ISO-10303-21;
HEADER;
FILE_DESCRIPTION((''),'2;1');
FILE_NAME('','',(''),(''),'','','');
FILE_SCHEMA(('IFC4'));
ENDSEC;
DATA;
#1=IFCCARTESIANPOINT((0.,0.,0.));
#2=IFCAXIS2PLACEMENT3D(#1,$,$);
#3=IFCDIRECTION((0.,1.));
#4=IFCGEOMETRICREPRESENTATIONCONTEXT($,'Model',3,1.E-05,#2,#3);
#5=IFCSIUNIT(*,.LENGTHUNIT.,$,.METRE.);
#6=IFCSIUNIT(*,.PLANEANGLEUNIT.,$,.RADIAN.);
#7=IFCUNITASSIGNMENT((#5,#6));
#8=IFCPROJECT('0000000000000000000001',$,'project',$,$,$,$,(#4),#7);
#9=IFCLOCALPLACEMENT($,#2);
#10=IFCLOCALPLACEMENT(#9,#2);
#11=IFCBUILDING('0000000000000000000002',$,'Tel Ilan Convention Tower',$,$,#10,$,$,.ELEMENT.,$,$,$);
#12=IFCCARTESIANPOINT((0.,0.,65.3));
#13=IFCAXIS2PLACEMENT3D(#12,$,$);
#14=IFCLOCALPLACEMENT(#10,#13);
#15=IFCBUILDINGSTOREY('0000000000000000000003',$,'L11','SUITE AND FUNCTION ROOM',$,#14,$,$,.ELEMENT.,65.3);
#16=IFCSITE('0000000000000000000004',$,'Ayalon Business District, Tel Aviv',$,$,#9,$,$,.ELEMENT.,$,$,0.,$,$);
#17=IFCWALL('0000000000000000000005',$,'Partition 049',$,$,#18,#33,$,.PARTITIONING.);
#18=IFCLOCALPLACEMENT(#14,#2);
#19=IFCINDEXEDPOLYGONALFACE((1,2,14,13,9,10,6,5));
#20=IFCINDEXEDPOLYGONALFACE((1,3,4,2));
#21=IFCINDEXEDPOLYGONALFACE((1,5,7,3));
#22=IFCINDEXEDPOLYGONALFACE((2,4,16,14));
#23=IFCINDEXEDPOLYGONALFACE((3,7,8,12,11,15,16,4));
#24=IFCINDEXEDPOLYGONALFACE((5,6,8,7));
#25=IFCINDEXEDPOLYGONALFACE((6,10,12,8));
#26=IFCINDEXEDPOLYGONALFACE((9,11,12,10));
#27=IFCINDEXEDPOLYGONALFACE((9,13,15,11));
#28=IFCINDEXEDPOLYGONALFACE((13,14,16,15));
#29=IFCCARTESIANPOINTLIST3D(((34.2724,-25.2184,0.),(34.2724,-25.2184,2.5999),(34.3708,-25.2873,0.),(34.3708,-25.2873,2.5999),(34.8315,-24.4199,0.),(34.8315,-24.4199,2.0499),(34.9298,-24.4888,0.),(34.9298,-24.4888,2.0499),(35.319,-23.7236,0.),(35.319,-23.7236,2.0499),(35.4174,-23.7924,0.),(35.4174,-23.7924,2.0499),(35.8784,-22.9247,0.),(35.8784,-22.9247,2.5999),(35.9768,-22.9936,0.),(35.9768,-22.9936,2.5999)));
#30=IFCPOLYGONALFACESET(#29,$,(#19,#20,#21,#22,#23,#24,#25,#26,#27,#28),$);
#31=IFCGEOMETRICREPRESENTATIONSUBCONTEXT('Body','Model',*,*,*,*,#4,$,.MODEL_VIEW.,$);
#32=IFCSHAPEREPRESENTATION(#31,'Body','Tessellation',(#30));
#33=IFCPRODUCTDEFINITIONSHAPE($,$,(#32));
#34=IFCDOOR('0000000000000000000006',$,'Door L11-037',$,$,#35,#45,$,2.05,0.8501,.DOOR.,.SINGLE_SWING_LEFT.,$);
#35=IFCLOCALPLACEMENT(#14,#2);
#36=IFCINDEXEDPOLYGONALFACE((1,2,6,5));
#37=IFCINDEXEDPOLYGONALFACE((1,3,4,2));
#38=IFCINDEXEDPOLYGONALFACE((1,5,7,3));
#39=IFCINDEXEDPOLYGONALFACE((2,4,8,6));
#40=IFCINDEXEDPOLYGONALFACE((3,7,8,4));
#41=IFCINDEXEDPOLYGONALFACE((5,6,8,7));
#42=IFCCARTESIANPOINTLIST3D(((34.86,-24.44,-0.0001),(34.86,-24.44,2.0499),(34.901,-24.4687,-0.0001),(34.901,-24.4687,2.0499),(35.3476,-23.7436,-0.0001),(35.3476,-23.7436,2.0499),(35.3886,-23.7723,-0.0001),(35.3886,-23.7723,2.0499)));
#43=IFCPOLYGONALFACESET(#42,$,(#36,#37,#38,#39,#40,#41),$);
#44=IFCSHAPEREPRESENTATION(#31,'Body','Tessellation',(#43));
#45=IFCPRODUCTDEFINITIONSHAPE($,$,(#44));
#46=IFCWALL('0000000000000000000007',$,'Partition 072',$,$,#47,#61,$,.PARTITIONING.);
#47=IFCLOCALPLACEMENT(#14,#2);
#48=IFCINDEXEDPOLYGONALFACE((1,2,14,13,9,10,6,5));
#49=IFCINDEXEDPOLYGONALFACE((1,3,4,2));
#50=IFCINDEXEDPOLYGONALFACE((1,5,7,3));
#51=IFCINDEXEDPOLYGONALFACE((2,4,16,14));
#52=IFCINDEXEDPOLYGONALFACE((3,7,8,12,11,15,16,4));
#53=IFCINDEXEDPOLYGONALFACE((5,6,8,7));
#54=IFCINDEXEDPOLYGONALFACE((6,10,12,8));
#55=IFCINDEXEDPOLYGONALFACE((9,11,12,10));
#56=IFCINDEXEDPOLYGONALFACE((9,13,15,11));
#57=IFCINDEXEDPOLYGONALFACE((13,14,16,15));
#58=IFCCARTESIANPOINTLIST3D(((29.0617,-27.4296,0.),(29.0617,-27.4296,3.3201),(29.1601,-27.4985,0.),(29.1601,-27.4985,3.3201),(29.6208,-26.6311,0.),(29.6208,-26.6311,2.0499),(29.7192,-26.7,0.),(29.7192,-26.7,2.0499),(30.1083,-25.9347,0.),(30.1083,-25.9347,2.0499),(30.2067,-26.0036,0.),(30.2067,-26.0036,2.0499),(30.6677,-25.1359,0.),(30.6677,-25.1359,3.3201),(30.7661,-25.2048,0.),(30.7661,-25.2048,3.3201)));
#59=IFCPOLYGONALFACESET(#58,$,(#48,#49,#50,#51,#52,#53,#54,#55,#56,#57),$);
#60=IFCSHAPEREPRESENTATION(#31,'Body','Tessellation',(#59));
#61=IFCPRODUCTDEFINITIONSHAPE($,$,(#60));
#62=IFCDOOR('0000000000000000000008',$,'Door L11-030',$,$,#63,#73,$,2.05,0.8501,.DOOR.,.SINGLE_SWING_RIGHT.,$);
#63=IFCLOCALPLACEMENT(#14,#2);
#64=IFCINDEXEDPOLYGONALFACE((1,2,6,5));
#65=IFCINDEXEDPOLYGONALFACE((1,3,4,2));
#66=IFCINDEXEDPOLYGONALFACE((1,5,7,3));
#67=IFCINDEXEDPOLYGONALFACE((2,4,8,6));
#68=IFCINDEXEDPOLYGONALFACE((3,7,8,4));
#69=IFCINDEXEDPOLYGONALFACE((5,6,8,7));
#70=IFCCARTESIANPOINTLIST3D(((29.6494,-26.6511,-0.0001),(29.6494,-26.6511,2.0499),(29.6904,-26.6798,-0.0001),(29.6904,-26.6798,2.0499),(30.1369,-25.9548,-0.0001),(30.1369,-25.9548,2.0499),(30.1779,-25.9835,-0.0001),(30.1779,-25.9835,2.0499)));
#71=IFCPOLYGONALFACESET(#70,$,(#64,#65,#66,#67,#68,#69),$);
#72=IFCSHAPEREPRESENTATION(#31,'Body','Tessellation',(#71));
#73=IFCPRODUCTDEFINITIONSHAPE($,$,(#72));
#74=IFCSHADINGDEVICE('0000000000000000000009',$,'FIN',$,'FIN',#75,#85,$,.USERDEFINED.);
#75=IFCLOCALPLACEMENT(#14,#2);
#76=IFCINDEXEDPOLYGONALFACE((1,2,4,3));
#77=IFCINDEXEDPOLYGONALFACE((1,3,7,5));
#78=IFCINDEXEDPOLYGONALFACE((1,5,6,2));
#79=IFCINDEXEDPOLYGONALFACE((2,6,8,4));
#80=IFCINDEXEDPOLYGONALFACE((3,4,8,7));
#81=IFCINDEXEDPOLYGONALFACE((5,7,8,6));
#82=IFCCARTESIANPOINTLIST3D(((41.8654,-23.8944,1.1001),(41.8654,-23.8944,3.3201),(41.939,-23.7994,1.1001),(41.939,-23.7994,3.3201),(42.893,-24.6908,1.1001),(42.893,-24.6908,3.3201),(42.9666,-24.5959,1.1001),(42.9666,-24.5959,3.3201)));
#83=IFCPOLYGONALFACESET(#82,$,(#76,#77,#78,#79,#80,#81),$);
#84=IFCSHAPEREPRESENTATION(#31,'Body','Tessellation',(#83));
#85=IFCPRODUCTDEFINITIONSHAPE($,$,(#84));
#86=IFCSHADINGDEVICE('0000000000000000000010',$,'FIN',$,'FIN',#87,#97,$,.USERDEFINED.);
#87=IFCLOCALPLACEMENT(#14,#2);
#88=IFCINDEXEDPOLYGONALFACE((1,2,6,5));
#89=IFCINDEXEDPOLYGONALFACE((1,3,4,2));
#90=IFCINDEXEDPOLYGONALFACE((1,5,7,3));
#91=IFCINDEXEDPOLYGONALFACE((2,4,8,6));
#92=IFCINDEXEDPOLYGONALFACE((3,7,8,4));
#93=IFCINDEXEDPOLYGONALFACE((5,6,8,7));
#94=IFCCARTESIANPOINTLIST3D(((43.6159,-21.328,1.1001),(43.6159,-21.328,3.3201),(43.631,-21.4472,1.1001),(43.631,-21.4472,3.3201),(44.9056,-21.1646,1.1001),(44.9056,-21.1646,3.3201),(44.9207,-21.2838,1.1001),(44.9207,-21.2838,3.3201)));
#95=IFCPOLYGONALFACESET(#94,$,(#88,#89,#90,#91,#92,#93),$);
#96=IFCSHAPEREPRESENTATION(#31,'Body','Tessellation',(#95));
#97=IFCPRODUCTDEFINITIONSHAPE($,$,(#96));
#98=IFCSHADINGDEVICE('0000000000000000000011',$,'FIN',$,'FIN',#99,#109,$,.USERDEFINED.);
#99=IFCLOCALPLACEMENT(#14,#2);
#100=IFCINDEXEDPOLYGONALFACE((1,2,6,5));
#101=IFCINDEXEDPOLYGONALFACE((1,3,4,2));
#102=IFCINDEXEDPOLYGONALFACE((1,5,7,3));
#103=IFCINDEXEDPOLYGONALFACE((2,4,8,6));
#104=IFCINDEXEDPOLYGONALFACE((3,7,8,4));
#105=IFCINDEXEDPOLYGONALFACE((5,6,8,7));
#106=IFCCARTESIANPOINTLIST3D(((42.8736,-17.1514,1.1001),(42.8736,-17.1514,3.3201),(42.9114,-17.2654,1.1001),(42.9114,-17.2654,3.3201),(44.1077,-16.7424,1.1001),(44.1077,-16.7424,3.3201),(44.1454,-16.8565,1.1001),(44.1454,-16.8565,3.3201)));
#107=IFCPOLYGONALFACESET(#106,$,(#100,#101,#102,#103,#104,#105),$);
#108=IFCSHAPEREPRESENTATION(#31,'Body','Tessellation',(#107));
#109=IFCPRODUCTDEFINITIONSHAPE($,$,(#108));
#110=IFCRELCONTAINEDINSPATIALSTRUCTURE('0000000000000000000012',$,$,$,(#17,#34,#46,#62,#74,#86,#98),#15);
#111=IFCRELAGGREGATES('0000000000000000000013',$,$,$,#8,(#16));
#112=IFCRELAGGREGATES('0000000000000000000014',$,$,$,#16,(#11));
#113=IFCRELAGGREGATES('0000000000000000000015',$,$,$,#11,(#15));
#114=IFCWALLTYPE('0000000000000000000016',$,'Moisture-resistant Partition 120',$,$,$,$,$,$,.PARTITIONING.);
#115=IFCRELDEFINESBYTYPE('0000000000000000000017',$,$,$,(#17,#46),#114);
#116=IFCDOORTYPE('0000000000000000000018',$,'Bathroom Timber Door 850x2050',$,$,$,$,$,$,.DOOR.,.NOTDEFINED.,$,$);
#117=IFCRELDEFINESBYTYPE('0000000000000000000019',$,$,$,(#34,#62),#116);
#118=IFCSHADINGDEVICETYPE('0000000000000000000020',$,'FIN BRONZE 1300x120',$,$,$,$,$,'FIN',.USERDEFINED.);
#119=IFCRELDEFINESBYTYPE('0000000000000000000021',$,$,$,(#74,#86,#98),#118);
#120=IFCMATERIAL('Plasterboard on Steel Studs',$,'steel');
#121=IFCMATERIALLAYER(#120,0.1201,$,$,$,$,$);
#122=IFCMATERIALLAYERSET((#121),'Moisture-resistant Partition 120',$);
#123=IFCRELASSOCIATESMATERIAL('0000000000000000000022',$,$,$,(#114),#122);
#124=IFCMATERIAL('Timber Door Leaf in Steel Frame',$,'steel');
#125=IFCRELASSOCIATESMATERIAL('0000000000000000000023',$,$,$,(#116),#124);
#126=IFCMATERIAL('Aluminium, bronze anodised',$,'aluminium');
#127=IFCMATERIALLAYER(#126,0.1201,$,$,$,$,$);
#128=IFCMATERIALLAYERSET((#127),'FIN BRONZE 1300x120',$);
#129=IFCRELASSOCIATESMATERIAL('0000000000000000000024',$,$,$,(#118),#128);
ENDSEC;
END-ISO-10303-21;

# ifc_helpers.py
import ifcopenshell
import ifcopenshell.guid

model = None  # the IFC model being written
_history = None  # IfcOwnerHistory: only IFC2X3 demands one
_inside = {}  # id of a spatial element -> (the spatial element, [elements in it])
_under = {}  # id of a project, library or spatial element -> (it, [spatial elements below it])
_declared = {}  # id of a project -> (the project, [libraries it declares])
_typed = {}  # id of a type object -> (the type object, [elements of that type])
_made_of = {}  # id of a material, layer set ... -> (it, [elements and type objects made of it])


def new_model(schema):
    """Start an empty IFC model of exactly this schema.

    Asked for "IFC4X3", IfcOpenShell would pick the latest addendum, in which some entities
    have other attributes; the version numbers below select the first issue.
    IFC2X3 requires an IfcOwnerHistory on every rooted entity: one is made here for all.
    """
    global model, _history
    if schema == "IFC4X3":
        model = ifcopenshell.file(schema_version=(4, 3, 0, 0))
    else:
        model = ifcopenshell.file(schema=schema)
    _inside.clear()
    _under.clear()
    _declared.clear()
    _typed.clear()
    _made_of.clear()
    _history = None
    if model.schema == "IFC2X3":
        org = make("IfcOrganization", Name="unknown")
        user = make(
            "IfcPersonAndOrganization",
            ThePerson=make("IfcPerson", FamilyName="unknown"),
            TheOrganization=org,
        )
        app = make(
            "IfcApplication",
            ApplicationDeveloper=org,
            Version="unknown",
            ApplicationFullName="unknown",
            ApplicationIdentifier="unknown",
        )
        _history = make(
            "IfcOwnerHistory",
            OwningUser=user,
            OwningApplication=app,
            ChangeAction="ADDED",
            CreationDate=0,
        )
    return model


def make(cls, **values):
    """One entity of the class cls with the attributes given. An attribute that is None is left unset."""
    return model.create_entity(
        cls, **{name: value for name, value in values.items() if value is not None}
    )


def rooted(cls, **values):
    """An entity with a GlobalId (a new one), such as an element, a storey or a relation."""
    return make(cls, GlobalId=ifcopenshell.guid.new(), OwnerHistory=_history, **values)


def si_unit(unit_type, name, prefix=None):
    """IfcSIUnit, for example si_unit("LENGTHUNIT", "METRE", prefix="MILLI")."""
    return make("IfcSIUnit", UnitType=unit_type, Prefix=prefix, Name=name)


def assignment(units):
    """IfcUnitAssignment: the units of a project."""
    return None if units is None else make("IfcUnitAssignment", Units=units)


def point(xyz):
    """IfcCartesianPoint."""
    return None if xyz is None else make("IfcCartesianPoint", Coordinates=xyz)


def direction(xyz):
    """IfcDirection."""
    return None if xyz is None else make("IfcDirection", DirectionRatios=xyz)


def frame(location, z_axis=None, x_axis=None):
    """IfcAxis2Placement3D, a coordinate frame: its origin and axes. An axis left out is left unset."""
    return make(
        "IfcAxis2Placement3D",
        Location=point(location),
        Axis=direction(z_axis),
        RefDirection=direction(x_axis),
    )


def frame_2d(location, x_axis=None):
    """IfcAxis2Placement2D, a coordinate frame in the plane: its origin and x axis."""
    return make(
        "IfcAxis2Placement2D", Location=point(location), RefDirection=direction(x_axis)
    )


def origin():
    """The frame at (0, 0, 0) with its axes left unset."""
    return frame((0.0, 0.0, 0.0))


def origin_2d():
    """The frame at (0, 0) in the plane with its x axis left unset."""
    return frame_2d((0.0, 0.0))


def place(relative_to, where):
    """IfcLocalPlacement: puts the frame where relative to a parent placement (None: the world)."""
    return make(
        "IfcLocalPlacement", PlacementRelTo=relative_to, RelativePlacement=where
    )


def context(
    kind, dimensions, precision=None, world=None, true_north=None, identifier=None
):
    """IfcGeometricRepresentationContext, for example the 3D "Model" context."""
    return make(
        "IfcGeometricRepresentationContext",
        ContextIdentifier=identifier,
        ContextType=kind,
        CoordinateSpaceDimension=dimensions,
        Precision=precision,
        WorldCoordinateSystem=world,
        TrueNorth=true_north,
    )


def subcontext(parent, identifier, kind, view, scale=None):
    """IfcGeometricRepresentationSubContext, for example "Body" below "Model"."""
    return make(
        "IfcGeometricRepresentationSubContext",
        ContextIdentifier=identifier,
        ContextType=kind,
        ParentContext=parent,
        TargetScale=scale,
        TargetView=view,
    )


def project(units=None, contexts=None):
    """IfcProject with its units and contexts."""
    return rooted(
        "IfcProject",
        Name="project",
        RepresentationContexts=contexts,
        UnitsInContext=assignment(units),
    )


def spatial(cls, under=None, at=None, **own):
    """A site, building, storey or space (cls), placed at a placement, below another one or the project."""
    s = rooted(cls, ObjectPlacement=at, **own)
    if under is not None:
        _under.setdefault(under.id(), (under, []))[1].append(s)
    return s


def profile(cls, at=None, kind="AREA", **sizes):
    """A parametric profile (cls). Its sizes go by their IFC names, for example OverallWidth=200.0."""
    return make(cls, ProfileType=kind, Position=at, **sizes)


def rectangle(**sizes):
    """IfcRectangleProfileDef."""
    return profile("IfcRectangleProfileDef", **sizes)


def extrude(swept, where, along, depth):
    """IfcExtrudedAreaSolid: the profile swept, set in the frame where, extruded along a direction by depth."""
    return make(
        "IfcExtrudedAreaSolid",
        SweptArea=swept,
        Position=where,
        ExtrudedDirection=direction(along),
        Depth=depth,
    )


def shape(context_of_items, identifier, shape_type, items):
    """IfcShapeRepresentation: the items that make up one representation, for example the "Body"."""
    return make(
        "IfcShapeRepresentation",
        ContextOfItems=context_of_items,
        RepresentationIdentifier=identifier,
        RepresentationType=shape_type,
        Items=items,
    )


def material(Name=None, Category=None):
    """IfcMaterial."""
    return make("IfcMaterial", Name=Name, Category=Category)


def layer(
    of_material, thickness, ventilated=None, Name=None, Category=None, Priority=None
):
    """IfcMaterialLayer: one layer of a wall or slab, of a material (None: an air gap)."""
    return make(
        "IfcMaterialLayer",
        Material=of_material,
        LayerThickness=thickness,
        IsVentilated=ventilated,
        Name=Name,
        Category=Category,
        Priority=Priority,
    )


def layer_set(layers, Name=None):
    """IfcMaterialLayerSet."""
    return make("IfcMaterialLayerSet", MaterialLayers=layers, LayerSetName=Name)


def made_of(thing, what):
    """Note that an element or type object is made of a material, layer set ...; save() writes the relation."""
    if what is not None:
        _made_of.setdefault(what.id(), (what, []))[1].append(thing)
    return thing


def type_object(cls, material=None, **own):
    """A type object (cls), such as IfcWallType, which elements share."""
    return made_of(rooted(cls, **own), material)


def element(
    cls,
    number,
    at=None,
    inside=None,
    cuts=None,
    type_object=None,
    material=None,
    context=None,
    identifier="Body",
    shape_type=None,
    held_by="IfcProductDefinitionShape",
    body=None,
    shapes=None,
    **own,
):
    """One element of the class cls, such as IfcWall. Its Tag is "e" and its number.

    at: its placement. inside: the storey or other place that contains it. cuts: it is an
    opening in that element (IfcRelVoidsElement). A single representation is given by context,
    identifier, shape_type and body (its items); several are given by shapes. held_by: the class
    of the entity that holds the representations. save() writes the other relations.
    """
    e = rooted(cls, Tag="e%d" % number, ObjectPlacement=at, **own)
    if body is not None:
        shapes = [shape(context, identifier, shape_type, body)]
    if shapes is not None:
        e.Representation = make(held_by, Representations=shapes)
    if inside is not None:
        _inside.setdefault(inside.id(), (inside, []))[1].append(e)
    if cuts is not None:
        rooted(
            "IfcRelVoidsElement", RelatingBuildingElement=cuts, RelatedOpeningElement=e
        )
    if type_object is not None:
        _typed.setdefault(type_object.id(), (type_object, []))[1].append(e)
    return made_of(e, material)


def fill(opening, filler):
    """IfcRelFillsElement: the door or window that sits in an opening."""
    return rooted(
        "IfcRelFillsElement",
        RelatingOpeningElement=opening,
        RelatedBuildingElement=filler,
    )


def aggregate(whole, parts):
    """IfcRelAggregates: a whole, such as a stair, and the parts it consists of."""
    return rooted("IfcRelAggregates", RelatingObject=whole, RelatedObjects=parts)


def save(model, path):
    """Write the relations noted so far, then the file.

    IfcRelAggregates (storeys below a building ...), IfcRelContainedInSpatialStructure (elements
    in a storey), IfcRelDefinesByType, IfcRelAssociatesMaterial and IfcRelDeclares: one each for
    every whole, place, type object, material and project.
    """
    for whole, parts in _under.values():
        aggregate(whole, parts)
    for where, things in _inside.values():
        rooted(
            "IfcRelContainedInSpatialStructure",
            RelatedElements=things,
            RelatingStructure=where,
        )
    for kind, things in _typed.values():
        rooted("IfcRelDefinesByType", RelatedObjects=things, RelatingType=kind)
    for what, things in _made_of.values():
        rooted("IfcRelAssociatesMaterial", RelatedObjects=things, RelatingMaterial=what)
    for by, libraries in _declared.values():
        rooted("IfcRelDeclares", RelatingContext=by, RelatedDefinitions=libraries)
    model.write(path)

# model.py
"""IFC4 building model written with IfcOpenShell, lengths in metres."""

from ifc_helpers import new_model, si_unit, direction, frame, frame_2d, origin, origin_2d, place, context, subcontext, project, spatial, rectangle, extrude, material, layer, layer_set, type_object, element, fill, save


model = new_model("IFC4")

# Units and contexts
model_context = context("Model", 3, precision=1e-05, world=origin(), true_north=direction((0.0, 1.0)))
body_context = subcontext(model_context, "Body", "Model", "MODEL_VIEW")
ifc_project = project(units=[si_unit("LENGTHUNIT", "METRE"), si_unit("PLANEANGLEUNIT", "RADIAN")], contexts=[model_context])

# Site, building, storey
site_placement = place(None, origin())
site = spatial("IfcSite", under=ifc_project, at=site_placement, Name="Ayalon Business District, Tel Aviv", CompositionType="ELEMENT", RefElevation=0.0)
building_placement = place(site_placement, origin())
building = spatial("IfcBuilding", under=site, at=building_placement, Name="Tel Ilan Convention Tower", CompositionType="ELEMENT")
storey_placement = place(building_placement, frame((0.0, 0.0, 65.3)))
storey = spatial("IfcBuildingStorey", under=building, at=storey_placement, Name="L11", Description="SUITE AND FUNCTION ROOM", CompositionType="ELEMENT", Elevation=65.3)

# Shared definitions
ifc_material_1 = material(Name="Plasterboard on Steel Studs", Category="steel")
ifc_layer_1 = layer(ifc_material_1, 0.1201)
ifc_layer_set_1 = layer_set([ifc_layer_1], Name="Moisture-resistant Partition 120")
wall_type_1 = type_object("IfcWallType", Name="Moisture-resistant Partition 120", PredefinedType="PARTITIONING", material=ifc_layer_set_1)

# Walls, openings, doors
wall_1_placement = place(storey_placement, frame((35.9275, -22.9592, 0.0), z_axis=(0.0, 0.0, 1.0), x_axis=(-0.57355, -0.81917, 0.0)))
wall_1 = element("IfcWall", 1, at=wall_1_placement, inside=storey, type_object=wall_type_1, Name="Partition 049", PredefinedType="PARTITIONING", context=body_context, shape_type="SweptSolid", body=[
    extrude(rectangle(XDim=2.8, YDim=0.1201, at=frame_2d((1.3999, 0.0))), origin(), (0.0, 0.0, 1.0), 2.5999),
])
opening_1_placement = place(wall_1_placement, frame((0.9751, 0.0, 0.0)))
opening_1 = element("IfcOpeningElement", 2, at=opening_1_placement, cuts=wall_1, PredefinedType="OPENING", context=body_context, shape_type="SweptSolid", body=[
    extrude(rectangle(XDim=0.8501, YDim=2.05, at=frame_2d((0.425, 1.0249))), frame((0.0, 0.0701, 0.0), z_axis=(0.0, -1.0, 0.0), x_axis=(1.0, 0.0, 0.0)), (0.0, 0.0, 1.0), 0.1401),
])
ifc_material_2 = material(Name="Timber Door Leaf in Steel Frame", Category="steel")
door_type_1 = type_object("IfcDoorType", Name="Bathroom Timber Door 850x2050", OperationType="NOTDEFINED", PredefinedType="DOOR", material=ifc_material_2)
door_1_placement = place(opening_1_placement, origin())
door_1 = element("IfcDoor", 3, at=door_1_placement, inside=storey, type_object=door_type_1, Name="Door L11-037", OperationType="SINGLE_SWING_LEFT", OverallHeight=2.05, OverallWidth=0.8501, PredefinedType="DOOR", context=body_context, shape_type="SweptSolid", body=[
    extrude(rectangle(XDim=0.8501, YDim=2.05, at=frame_2d((0.425, 1.0249))), frame((0.0, 0.0249, 0.0), z_axis=(0.0, -1.0, 0.0), x_axis=(1.0, 0.0, 0.0)), (0.0, 0.0, 1.0), 0.05),
])
fill(opening_1, door_1)
wall_2_placement = place(storey_placement, frame((30.7168, -25.1704, 0.0), z_axis=(0.0, 0.0, 1.0), x_axis=(-0.57355, -0.81917, 0.0)))
wall_2 = element("IfcWall", 4, at=wall_2_placement, inside=storey, type_object=wall_type_1, Name="Partition 072", PredefinedType="PARTITIONING", context=body_context, shape_type="SweptSolid", body=[
    extrude(rectangle(XDim=2.8, YDim=0.1201, at=frame_2d((1.3999, 0.0))), origin(), (0.0, 0.0, 1.0), 3.3201),
])
opening_2_placement = place(wall_2_placement, frame((0.9751, 0.0, 0.0)))
opening_2 = element("IfcOpeningElement", 5, at=opening_2_placement, cuts=wall_2, PredefinedType="OPENING", context=body_context, shape_type="SweptSolid", body=[
    extrude(rectangle(XDim=0.8501, YDim=2.05, at=frame_2d((0.425, 1.0249))), frame((0.0, 0.0701, 0.0), z_axis=(0.0, -1.0, 0.0), x_axis=(1.0, 0.0, 0.0)), (0.0, 0.0, 1.0), 0.1401),
])
door_2_placement = place(opening_2_placement, origin())
door_2 = element("IfcDoor", 6, at=door_2_placement, inside=storey, type_object=door_type_1, Name="Door L11-030", OperationType="SINGLE_SWING_RIGHT", OverallHeight=2.05, OverallWidth=0.8501, PredefinedType="DOOR", context=body_context, shape_type="SweptSolid", body=[
    extrude(rectangle(XDim=0.8501, YDim=2.05, at=frame_2d((0.425, 1.0249))), frame((0.0, 0.0249, 0.0), z_axis=(0.0, -1.0, 0.0), x_axis=(1.0, 0.0, 0.0)), (0.0, 0.0, 1.0), 0.05),
])
fill(opening_2, door_2)

# Shading devices
ifc_material_3 = material(Name="Aluminium, bronze anodised", Category="aluminium")
ifc_layer_2 = layer(ifc_material_3, 0.1201)
ifc_layer_set_2 = layer_set([ifc_layer_2], Name="FIN BRONZE 1300x120")
shading_device_type = type_object("IfcShadingDeviceType", Name="FIN BRONZE 1300x120", ElementType="FIN", PredefinedType="USERDEFINED", material=ifc_layer_set_2)
for number, where, z_axis, x_axis, name in (
    (7, (42.416, -24.2451, 1.1001), (0.0, 0.0, 1.0), (0.790393, -0.612601, 0.0), "FIN"),
    (8, (44.2683, -21.3059, 1.1001), (0.0, 0.0, 1.0), (0.992066, 0.125718, 0.0), "FIN"),
    (9, (43.5095, -17.0039, 1.1001), (0.0, 0.0, 1.0), (0.949243, 0.314545, 0.0), "FIN"),
):
    element("IfcShadingDevice", number, at=place(storey_placement, frame(where, z_axis=z_axis, x_axis=x_axis)), inside=storey, type_object=shading_device_type, Name=name, ObjectType="FIN", PredefinedType="USERDEFINED", context=body_context, shape_type="SweptSolid", body=[
        extrude(rectangle(XDim=1.3, YDim=0.1201, at=origin_2d()), origin(), (0.0, 0.0, 1.0), 2.22),
    ])

save(model, "model.ifc")
